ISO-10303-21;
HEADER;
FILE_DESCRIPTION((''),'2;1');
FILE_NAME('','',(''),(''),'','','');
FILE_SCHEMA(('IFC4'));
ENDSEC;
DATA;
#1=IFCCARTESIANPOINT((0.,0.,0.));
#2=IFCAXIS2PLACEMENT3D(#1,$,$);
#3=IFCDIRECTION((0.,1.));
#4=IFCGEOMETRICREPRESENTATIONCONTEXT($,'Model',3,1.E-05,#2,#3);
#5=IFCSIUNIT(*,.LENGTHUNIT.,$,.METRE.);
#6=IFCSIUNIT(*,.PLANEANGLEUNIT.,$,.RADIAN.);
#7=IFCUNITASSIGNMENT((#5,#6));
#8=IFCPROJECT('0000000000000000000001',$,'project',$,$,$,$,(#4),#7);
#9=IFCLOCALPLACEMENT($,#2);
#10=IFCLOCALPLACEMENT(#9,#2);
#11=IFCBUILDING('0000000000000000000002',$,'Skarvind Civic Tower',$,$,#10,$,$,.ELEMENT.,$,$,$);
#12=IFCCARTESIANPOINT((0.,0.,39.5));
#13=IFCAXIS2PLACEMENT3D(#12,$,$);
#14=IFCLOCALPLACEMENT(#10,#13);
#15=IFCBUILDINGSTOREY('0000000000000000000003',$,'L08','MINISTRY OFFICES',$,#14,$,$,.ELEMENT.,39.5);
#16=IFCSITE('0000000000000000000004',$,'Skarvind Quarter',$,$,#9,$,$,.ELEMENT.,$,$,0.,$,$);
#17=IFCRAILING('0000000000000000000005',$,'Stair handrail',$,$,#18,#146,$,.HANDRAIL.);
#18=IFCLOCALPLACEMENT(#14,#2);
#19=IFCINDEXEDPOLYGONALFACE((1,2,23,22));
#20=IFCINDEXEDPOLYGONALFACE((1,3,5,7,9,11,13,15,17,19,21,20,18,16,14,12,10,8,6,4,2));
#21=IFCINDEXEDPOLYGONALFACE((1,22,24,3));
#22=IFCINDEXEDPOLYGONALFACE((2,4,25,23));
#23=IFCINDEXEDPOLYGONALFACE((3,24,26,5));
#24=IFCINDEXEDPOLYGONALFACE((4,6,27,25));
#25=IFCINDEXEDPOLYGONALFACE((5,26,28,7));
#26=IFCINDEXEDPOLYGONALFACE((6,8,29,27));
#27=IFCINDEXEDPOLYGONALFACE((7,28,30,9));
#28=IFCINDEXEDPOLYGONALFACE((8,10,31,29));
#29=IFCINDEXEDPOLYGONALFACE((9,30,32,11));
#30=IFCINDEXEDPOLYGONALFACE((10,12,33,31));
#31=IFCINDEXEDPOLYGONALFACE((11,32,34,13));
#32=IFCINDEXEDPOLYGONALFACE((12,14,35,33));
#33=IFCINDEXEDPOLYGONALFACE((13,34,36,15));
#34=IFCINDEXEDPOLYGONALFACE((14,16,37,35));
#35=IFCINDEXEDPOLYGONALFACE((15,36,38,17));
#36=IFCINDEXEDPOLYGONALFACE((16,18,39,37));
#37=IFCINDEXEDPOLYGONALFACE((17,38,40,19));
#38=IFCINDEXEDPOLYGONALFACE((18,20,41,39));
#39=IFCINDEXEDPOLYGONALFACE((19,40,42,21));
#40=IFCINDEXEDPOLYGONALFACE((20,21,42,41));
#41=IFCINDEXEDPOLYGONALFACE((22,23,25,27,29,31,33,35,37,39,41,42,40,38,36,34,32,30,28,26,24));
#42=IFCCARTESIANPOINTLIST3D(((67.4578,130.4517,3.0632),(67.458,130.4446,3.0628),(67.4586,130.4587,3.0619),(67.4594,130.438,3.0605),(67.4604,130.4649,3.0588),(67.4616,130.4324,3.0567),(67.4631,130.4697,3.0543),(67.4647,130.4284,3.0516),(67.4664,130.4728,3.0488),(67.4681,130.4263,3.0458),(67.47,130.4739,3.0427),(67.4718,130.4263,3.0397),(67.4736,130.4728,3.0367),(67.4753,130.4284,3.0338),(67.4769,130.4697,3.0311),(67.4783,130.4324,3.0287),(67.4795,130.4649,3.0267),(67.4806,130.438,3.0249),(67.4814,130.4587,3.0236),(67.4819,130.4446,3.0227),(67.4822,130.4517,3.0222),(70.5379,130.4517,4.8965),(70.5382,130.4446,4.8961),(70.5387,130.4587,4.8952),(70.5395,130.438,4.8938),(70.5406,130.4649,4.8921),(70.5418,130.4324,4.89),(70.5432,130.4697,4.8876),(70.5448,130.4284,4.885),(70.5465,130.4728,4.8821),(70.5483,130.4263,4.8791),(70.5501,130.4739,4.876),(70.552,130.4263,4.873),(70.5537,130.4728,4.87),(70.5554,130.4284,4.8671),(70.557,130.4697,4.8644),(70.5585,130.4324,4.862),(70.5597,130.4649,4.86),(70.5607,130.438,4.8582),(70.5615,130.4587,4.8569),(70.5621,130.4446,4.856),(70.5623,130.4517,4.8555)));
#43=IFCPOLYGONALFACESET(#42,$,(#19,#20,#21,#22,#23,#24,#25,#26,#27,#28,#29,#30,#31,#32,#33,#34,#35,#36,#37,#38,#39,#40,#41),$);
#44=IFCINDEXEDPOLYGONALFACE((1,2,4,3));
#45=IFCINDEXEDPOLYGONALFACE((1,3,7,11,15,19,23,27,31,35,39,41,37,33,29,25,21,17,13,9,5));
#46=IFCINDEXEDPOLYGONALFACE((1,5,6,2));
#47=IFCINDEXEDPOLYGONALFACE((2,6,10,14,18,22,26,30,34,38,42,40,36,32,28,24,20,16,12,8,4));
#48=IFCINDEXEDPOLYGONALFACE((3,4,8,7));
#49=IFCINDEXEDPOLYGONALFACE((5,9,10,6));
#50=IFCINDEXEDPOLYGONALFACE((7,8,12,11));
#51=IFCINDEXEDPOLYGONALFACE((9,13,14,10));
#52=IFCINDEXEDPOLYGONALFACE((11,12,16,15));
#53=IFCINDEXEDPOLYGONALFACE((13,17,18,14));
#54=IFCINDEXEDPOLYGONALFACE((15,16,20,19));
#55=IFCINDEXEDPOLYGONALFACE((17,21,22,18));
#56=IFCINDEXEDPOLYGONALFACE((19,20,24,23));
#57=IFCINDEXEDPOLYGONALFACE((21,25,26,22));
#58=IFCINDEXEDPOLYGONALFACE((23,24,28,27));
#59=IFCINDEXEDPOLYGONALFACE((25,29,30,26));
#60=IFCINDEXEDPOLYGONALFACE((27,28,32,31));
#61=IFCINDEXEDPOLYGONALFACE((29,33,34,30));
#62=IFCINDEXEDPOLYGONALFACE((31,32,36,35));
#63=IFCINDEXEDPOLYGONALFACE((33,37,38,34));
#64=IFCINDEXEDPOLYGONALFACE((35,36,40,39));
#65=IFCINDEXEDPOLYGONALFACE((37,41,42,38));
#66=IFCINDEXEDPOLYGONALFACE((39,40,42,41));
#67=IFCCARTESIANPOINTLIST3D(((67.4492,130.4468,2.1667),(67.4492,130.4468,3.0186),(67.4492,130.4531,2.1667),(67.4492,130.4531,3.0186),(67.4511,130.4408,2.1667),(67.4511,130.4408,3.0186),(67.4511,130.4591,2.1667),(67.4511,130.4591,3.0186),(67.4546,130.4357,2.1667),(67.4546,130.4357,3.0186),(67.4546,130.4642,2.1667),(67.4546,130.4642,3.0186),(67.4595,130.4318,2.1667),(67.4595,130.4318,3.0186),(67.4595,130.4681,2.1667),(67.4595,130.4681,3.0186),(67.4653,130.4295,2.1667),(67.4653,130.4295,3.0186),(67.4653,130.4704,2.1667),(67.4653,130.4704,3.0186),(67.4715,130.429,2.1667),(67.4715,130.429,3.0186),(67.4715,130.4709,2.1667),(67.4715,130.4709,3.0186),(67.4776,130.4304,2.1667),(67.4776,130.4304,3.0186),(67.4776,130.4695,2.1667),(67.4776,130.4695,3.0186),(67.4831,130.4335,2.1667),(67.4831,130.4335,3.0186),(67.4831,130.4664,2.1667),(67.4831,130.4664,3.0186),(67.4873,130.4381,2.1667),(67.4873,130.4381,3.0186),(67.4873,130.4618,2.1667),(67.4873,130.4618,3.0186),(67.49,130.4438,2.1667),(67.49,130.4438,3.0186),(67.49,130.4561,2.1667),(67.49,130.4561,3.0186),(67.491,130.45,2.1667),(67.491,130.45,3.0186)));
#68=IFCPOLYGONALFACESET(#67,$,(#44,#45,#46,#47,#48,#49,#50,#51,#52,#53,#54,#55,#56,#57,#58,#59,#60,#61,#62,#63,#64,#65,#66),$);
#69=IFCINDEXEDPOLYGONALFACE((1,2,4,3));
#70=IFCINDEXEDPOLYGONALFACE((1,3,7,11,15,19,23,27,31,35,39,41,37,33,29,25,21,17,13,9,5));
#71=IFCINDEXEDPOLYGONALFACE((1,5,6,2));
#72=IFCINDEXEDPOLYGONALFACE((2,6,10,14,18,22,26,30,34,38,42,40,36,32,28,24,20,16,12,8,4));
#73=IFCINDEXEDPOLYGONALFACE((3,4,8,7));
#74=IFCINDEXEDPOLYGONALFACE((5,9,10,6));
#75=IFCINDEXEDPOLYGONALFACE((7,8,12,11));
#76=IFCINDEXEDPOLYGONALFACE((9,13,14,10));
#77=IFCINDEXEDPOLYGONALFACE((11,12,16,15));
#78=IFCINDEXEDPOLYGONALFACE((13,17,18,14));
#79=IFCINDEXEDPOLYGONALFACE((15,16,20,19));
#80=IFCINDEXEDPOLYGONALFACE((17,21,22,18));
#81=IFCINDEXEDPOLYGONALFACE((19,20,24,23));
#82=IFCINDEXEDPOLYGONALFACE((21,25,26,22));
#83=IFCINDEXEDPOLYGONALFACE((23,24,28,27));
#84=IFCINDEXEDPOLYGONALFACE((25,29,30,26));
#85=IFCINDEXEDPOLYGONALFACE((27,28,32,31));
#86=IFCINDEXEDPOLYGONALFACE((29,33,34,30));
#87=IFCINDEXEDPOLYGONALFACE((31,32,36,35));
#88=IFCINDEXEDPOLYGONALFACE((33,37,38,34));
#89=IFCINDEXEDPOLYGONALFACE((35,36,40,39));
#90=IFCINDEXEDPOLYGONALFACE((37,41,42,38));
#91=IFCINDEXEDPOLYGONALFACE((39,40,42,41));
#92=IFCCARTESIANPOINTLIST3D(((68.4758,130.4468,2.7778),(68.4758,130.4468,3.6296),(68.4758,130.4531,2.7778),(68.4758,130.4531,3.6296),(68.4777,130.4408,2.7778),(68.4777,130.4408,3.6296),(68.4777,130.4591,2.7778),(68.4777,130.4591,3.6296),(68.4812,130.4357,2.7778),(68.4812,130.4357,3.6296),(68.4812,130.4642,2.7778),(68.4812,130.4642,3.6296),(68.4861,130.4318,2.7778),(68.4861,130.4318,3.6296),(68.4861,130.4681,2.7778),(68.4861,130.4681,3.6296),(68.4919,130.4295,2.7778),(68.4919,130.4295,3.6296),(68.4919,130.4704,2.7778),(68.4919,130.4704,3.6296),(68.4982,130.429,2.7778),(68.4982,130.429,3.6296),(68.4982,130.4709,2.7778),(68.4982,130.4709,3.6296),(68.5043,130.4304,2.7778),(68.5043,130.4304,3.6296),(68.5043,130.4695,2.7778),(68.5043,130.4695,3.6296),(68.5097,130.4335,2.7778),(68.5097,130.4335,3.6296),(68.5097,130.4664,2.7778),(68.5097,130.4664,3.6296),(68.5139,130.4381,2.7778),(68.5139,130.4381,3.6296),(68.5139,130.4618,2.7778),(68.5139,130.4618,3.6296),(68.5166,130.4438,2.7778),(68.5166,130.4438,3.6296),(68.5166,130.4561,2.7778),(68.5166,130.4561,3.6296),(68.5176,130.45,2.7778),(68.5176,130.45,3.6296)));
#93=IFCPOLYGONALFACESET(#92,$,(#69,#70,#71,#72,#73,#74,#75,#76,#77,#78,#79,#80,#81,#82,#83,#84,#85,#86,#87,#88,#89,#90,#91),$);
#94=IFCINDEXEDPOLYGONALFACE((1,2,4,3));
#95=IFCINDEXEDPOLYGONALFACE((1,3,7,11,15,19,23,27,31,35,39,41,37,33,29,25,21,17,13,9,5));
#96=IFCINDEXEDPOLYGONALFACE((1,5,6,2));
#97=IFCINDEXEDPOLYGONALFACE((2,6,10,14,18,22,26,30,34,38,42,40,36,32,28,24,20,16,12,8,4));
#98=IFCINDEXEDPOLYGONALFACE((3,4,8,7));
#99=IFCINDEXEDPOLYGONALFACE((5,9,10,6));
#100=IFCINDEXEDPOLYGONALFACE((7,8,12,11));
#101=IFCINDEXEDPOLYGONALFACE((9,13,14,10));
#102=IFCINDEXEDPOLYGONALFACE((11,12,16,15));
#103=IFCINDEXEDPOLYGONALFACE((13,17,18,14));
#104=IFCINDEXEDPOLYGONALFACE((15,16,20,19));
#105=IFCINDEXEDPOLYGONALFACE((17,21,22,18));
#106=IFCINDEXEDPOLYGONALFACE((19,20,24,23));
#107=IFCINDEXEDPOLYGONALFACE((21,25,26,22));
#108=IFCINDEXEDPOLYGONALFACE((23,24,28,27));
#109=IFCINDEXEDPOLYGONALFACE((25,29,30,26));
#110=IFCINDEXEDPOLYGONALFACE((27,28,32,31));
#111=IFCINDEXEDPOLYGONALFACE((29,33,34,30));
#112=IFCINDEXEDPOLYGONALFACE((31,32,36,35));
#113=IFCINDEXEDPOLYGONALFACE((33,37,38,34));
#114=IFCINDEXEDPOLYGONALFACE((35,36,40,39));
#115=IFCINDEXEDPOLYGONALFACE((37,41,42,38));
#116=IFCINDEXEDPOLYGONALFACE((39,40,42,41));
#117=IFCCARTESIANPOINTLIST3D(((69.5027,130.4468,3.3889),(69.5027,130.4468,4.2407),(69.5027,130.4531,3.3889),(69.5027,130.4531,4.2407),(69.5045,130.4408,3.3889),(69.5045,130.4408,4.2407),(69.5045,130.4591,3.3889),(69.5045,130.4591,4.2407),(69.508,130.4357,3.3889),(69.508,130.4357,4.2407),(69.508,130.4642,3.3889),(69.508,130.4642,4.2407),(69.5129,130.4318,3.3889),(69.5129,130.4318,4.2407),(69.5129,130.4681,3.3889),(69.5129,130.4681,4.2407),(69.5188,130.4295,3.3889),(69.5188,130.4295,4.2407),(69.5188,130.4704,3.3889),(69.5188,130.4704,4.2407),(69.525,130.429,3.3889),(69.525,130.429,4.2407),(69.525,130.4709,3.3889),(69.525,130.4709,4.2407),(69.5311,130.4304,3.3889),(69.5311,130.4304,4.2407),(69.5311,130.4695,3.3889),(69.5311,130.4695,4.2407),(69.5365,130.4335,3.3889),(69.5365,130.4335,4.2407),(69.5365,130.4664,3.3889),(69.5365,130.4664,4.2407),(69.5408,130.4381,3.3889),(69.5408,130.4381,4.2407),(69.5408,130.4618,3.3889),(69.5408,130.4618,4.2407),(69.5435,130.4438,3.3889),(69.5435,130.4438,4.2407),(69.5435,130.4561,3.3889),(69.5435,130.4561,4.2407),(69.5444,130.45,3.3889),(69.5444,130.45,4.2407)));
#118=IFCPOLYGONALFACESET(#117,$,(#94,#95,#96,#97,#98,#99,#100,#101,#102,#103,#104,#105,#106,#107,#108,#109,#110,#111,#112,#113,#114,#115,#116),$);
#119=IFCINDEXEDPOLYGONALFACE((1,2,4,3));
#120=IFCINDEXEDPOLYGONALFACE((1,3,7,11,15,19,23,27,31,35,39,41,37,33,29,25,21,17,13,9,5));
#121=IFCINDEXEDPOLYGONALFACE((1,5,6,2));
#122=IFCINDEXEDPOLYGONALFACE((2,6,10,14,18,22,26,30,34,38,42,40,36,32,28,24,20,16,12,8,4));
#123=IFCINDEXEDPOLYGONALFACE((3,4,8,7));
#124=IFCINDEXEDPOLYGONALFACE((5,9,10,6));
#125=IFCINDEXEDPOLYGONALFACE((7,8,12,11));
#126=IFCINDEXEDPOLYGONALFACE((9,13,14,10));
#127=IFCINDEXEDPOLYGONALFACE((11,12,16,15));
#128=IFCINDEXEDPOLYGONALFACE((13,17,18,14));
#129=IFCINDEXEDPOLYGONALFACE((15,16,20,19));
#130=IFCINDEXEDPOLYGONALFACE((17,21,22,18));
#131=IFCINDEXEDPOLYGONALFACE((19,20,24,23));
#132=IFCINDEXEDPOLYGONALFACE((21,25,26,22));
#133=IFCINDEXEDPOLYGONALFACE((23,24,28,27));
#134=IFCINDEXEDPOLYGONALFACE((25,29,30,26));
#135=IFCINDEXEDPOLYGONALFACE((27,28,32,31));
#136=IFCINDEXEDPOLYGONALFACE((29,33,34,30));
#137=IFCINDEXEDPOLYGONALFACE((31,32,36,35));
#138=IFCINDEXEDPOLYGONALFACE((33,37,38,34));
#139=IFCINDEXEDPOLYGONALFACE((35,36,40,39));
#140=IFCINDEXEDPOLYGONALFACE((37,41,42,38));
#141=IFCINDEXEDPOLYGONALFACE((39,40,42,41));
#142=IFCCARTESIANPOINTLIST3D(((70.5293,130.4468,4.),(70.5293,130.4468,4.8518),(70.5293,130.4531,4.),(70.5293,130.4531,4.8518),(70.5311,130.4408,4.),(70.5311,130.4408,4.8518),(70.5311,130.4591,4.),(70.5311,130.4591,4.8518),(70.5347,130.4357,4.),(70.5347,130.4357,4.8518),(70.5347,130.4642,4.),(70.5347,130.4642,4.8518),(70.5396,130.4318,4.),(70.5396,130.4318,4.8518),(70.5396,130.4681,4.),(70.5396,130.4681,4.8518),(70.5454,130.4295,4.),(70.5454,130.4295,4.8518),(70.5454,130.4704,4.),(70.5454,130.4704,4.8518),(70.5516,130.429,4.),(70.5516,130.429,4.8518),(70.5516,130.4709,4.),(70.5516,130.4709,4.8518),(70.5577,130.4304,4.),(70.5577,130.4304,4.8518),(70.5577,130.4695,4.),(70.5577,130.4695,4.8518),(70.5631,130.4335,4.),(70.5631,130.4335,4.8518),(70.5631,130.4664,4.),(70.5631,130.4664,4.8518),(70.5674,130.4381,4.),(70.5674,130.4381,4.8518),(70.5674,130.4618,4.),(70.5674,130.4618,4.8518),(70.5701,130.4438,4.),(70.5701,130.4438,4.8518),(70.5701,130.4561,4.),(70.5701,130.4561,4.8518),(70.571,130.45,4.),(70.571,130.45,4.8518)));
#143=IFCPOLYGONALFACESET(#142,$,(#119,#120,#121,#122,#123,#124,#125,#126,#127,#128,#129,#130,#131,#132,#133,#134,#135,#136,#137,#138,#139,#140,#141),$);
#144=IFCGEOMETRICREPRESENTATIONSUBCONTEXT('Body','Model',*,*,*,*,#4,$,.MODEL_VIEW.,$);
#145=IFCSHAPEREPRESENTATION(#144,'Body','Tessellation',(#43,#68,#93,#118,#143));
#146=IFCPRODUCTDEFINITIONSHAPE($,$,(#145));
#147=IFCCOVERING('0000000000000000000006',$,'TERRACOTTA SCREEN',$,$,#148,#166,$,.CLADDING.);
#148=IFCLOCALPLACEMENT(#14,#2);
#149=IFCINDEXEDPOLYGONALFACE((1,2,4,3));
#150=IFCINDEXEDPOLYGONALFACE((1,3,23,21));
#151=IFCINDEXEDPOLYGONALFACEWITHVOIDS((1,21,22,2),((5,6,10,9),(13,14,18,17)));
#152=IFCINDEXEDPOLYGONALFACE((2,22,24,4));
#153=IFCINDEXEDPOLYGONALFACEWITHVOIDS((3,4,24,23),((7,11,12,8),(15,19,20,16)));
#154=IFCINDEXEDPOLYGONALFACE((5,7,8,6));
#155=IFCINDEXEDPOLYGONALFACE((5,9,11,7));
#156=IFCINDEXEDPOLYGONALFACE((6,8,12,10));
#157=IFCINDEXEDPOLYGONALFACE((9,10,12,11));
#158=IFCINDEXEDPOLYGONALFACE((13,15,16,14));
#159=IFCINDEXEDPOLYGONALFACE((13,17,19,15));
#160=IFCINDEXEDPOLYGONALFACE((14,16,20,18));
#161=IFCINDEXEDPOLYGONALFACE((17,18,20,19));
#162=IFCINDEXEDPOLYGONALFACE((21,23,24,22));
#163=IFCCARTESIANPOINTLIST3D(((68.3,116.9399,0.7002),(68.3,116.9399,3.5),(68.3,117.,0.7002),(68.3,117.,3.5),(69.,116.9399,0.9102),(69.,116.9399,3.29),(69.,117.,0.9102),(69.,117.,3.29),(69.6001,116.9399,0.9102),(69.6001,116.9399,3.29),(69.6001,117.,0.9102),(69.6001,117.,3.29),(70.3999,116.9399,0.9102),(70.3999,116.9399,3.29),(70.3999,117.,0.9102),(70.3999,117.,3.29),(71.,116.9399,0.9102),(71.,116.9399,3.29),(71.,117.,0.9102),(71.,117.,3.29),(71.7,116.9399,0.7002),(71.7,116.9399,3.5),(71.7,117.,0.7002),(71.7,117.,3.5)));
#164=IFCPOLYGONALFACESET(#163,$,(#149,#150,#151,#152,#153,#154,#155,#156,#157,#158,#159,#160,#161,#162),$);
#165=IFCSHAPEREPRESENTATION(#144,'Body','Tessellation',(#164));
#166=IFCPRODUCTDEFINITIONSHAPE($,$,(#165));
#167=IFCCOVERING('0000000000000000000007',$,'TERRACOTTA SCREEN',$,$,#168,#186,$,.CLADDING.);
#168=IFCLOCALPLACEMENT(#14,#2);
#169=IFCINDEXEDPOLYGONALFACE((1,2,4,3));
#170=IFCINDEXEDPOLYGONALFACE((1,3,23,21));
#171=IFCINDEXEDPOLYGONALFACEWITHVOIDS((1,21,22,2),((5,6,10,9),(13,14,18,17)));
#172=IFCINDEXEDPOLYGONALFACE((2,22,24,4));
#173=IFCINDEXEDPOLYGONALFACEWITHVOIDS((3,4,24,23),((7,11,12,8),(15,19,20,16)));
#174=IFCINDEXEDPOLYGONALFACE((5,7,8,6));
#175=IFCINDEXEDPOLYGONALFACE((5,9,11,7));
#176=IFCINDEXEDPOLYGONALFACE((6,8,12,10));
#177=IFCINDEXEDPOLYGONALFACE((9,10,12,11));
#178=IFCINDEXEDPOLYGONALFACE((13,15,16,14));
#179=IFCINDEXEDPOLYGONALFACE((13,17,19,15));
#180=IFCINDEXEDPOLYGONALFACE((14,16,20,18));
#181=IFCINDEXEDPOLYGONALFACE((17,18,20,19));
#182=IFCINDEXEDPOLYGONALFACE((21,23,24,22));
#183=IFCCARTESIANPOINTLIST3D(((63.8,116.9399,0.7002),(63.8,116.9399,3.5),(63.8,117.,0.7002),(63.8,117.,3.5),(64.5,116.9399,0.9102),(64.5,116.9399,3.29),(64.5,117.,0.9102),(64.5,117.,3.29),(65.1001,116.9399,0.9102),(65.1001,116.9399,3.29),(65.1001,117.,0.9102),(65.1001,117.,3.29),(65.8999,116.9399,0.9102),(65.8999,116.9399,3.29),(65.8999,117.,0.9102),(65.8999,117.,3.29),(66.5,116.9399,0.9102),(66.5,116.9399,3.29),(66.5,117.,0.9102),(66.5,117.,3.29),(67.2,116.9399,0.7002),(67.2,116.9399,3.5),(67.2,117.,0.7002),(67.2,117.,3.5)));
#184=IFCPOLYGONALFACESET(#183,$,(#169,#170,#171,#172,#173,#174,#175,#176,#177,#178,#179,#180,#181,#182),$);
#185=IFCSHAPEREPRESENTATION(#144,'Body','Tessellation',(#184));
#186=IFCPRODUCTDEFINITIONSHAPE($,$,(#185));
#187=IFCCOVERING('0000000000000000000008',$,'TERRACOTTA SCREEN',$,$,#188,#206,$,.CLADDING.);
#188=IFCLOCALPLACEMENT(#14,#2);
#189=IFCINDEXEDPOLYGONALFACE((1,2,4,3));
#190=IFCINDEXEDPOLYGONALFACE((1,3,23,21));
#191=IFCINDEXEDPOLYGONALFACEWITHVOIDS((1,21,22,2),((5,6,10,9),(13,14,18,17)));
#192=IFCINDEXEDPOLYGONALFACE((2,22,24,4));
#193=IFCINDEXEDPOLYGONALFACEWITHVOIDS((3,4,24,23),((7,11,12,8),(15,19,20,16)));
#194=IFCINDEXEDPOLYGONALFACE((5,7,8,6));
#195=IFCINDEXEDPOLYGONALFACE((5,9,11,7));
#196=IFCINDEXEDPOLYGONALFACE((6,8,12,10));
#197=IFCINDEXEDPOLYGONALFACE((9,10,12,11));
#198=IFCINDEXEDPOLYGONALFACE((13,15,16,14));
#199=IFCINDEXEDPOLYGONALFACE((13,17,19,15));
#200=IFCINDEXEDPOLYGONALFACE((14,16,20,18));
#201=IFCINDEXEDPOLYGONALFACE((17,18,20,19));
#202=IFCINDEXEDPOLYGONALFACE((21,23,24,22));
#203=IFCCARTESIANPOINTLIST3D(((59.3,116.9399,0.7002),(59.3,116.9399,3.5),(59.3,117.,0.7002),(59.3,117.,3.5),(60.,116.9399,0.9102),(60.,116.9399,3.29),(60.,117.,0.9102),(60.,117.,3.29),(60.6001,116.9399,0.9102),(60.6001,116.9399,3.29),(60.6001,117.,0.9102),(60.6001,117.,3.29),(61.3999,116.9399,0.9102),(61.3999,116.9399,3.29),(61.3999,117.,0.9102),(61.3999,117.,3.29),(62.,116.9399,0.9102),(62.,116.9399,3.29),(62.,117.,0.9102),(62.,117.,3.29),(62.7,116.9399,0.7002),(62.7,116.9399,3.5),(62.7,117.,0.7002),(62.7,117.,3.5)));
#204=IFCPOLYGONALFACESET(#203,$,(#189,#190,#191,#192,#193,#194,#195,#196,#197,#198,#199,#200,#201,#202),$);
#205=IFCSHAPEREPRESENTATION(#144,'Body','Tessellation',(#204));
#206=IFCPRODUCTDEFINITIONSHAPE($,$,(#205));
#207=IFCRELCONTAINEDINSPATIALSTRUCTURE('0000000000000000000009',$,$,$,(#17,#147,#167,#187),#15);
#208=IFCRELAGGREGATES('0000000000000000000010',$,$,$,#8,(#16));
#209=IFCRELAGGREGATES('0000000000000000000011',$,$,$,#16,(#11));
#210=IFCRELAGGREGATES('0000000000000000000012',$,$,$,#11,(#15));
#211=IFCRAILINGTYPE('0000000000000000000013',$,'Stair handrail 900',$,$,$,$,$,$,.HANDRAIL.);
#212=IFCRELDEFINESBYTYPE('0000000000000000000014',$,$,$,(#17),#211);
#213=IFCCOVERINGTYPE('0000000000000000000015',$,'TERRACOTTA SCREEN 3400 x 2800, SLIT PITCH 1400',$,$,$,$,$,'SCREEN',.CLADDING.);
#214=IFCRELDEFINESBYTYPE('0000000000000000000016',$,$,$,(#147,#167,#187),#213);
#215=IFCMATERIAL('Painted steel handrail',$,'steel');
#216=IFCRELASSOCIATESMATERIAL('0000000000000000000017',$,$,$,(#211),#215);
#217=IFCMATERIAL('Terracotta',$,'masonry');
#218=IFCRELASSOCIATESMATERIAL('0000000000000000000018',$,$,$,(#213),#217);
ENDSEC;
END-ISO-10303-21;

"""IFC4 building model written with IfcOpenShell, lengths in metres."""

from ifc_helpers import new_model, si_unit, direction, frame, origin, origin_2d, place, context, subcontext, project, spatial, polyline, circle, outline, extrude, material, material_profile, profile_set, type_object, element, save


model = new_model("IFC4")

# Units and contexts
model_context = context("Model", 3, precision=1e-05, world=origin(), true_north=direction((0.0, 1.0)))
body_context = subcontext(model_context, "Body", "Model", "MODEL_VIEW")
ifc_project = project(units=[si_unit("LENGTHUNIT", "METRE"), si_unit("PLANEANGLEUNIT", "RADIAN")], contexts=[model_context])

# Site, building, storey
site_placement = place(None, origin())
site = spatial("IfcSite", under=ifc_project, at=site_placement, Name="Skarvind Quarter", CompositionType="ELEMENT", RefElevation=0.0)
building_placement = place(site_placement, origin())
building = spatial("IfcBuilding", under=site, at=building_placement, Name="Skarvind Civic Tower", CompositionType="ELEMENT")
storey_placement = place(building_placement, frame((0.0, 0.0, 39.5)))
storey = spatial("IfcBuildingStorey", under=building, at=storey_placement, Name="L08", Description="MINISTRY OFFICES", CompositionType="ELEMENT", Elevation=39.5)

# Railing
ifc_material_1 = material(Name="Painted steel handrail", Category="steel")
railing_type = type_object("IfcRailingType", Name="Stair handrail 900", PredefinedType="HANDRAIL", material=ifc_material_1)
railing_1_placement = place(storey_placement, frame((67.47, 130.45, 2.1667)))
element("IfcRailing", 1, at=railing_1_placement, inside=storey, type_object=railing_type, Name="Stair handrail", PredefinedType="HANDRAIL", context=body_context, shape_type="SweptSolid", body=[
    extrude(circle(Radius=0.0239, at=origin_2d()), frame((0.0, 0.0, 0.876), z_axis=(0.859309, 0.0, 0.511458), x_axis=(0.0, 1.0, 0.0)), (0.0, 0.0, 1.0), 3.5845),
    extrude(circle(Radius=0.021, at=origin_2d()), origin(), (0.0, 0.0, 1.0), 0.8518),
    extrude(circle(Radius=0.021, at=origin_2d()), frame((1.0266, 0.0, 0.6111)), (0.0, 0.0, 1.0), 0.8518),
    extrude(circle(Radius=0.021, at=origin_2d()), frame((2.0535, 0.0, 1.2222)), (0.0, 0.0, 1.0), 0.8518),
    extrude(circle(Radius=0.021, at=origin_2d()), frame((3.0801, 0.0, 1.8333)), (0.0, 0.0, 1.0), 0.8518),
])

# Coverings
ifc_material_2 = material(Name="Terracotta", Category="masonry")
ifc_material_profile_1 = material_profile(ifc_material_2, outline(polyline([(-1.7, -1.3999), (1.7, -1.3999), (1.7, 1.3999), (-1.7, 1.3999), (-1.7, -1.3999)]), holes=[polyline([(-1.0, -1.1899), (-0.3999, -1.1899), (-0.3999, 1.1899), (-1.0, 1.1899), (-1.0, -1.1899)]), polyline([(0.3999, -1.1899), (1.0, -1.1899), (1.0, 1.1899), (0.3999, 1.1899), (0.3999, -1.1899)])]), Name="TERRACOTTA SCREEN 3400 x 2800, SLIT PITCH 1400")
ifc_profile_set_1 = profile_set([ifc_material_profile_1], Name="Terracotta")
covering_type = type_object("IfcCoveringType", Name="TERRACOTTA SCREEN 3400 x 2800, SLIT PITCH 1400", ElementType="SCREEN", PredefinedType="CLADDING", material=ifc_profile_set_1)
for number, where, z_axis, x_axis, name in (
    (2, (70.0, 117.0, 2.1001), (0.0, -1.0, 0.0), (1.0, 0.0, 0.0), "TERRACOTTA SCREEN"),
    (3, (65.5, 117.0, 2.1001), (0.0, -1.0, 0.0), (1.0, 0.0, 0.0), "TERRACOTTA SCREEN"),
    (4, (61.0, 117.0, 2.1001), (0.0, -1.0, 0.0), (1.0, 0.0, 0.0), "TERRACOTTA SCREEN"),
):
    element("IfcCovering", number, at=place(storey_placement, frame(where, z_axis=z_axis, x_axis=x_axis)), inside=storey, type_object=covering_type, Name=name, PredefinedType="CLADDING", context=body_context, shape_type="SweptSolid", body=[
        extrude(outline(polyline([(-1.7, -1.3999), (1.7, -1.3999), (1.7, 1.3999), (-1.7, 1.3999), (-1.7, -1.3999)]), holes=[polyline([(-1.0, -1.1899), (-0.3999, -1.1899), (-0.3999, 1.1899), (-1.0, 1.1899), (-1.0, -1.1899)]), polyline([(0.3999, -1.1899), (1.0, -1.1899), (1.0, 1.1899), (0.3999, 1.1899), (0.3999, -1.1899)])]), origin(), (0.0, 0.0, 1.0), 0.0601),
    ])

save(model, "model.ifc")
